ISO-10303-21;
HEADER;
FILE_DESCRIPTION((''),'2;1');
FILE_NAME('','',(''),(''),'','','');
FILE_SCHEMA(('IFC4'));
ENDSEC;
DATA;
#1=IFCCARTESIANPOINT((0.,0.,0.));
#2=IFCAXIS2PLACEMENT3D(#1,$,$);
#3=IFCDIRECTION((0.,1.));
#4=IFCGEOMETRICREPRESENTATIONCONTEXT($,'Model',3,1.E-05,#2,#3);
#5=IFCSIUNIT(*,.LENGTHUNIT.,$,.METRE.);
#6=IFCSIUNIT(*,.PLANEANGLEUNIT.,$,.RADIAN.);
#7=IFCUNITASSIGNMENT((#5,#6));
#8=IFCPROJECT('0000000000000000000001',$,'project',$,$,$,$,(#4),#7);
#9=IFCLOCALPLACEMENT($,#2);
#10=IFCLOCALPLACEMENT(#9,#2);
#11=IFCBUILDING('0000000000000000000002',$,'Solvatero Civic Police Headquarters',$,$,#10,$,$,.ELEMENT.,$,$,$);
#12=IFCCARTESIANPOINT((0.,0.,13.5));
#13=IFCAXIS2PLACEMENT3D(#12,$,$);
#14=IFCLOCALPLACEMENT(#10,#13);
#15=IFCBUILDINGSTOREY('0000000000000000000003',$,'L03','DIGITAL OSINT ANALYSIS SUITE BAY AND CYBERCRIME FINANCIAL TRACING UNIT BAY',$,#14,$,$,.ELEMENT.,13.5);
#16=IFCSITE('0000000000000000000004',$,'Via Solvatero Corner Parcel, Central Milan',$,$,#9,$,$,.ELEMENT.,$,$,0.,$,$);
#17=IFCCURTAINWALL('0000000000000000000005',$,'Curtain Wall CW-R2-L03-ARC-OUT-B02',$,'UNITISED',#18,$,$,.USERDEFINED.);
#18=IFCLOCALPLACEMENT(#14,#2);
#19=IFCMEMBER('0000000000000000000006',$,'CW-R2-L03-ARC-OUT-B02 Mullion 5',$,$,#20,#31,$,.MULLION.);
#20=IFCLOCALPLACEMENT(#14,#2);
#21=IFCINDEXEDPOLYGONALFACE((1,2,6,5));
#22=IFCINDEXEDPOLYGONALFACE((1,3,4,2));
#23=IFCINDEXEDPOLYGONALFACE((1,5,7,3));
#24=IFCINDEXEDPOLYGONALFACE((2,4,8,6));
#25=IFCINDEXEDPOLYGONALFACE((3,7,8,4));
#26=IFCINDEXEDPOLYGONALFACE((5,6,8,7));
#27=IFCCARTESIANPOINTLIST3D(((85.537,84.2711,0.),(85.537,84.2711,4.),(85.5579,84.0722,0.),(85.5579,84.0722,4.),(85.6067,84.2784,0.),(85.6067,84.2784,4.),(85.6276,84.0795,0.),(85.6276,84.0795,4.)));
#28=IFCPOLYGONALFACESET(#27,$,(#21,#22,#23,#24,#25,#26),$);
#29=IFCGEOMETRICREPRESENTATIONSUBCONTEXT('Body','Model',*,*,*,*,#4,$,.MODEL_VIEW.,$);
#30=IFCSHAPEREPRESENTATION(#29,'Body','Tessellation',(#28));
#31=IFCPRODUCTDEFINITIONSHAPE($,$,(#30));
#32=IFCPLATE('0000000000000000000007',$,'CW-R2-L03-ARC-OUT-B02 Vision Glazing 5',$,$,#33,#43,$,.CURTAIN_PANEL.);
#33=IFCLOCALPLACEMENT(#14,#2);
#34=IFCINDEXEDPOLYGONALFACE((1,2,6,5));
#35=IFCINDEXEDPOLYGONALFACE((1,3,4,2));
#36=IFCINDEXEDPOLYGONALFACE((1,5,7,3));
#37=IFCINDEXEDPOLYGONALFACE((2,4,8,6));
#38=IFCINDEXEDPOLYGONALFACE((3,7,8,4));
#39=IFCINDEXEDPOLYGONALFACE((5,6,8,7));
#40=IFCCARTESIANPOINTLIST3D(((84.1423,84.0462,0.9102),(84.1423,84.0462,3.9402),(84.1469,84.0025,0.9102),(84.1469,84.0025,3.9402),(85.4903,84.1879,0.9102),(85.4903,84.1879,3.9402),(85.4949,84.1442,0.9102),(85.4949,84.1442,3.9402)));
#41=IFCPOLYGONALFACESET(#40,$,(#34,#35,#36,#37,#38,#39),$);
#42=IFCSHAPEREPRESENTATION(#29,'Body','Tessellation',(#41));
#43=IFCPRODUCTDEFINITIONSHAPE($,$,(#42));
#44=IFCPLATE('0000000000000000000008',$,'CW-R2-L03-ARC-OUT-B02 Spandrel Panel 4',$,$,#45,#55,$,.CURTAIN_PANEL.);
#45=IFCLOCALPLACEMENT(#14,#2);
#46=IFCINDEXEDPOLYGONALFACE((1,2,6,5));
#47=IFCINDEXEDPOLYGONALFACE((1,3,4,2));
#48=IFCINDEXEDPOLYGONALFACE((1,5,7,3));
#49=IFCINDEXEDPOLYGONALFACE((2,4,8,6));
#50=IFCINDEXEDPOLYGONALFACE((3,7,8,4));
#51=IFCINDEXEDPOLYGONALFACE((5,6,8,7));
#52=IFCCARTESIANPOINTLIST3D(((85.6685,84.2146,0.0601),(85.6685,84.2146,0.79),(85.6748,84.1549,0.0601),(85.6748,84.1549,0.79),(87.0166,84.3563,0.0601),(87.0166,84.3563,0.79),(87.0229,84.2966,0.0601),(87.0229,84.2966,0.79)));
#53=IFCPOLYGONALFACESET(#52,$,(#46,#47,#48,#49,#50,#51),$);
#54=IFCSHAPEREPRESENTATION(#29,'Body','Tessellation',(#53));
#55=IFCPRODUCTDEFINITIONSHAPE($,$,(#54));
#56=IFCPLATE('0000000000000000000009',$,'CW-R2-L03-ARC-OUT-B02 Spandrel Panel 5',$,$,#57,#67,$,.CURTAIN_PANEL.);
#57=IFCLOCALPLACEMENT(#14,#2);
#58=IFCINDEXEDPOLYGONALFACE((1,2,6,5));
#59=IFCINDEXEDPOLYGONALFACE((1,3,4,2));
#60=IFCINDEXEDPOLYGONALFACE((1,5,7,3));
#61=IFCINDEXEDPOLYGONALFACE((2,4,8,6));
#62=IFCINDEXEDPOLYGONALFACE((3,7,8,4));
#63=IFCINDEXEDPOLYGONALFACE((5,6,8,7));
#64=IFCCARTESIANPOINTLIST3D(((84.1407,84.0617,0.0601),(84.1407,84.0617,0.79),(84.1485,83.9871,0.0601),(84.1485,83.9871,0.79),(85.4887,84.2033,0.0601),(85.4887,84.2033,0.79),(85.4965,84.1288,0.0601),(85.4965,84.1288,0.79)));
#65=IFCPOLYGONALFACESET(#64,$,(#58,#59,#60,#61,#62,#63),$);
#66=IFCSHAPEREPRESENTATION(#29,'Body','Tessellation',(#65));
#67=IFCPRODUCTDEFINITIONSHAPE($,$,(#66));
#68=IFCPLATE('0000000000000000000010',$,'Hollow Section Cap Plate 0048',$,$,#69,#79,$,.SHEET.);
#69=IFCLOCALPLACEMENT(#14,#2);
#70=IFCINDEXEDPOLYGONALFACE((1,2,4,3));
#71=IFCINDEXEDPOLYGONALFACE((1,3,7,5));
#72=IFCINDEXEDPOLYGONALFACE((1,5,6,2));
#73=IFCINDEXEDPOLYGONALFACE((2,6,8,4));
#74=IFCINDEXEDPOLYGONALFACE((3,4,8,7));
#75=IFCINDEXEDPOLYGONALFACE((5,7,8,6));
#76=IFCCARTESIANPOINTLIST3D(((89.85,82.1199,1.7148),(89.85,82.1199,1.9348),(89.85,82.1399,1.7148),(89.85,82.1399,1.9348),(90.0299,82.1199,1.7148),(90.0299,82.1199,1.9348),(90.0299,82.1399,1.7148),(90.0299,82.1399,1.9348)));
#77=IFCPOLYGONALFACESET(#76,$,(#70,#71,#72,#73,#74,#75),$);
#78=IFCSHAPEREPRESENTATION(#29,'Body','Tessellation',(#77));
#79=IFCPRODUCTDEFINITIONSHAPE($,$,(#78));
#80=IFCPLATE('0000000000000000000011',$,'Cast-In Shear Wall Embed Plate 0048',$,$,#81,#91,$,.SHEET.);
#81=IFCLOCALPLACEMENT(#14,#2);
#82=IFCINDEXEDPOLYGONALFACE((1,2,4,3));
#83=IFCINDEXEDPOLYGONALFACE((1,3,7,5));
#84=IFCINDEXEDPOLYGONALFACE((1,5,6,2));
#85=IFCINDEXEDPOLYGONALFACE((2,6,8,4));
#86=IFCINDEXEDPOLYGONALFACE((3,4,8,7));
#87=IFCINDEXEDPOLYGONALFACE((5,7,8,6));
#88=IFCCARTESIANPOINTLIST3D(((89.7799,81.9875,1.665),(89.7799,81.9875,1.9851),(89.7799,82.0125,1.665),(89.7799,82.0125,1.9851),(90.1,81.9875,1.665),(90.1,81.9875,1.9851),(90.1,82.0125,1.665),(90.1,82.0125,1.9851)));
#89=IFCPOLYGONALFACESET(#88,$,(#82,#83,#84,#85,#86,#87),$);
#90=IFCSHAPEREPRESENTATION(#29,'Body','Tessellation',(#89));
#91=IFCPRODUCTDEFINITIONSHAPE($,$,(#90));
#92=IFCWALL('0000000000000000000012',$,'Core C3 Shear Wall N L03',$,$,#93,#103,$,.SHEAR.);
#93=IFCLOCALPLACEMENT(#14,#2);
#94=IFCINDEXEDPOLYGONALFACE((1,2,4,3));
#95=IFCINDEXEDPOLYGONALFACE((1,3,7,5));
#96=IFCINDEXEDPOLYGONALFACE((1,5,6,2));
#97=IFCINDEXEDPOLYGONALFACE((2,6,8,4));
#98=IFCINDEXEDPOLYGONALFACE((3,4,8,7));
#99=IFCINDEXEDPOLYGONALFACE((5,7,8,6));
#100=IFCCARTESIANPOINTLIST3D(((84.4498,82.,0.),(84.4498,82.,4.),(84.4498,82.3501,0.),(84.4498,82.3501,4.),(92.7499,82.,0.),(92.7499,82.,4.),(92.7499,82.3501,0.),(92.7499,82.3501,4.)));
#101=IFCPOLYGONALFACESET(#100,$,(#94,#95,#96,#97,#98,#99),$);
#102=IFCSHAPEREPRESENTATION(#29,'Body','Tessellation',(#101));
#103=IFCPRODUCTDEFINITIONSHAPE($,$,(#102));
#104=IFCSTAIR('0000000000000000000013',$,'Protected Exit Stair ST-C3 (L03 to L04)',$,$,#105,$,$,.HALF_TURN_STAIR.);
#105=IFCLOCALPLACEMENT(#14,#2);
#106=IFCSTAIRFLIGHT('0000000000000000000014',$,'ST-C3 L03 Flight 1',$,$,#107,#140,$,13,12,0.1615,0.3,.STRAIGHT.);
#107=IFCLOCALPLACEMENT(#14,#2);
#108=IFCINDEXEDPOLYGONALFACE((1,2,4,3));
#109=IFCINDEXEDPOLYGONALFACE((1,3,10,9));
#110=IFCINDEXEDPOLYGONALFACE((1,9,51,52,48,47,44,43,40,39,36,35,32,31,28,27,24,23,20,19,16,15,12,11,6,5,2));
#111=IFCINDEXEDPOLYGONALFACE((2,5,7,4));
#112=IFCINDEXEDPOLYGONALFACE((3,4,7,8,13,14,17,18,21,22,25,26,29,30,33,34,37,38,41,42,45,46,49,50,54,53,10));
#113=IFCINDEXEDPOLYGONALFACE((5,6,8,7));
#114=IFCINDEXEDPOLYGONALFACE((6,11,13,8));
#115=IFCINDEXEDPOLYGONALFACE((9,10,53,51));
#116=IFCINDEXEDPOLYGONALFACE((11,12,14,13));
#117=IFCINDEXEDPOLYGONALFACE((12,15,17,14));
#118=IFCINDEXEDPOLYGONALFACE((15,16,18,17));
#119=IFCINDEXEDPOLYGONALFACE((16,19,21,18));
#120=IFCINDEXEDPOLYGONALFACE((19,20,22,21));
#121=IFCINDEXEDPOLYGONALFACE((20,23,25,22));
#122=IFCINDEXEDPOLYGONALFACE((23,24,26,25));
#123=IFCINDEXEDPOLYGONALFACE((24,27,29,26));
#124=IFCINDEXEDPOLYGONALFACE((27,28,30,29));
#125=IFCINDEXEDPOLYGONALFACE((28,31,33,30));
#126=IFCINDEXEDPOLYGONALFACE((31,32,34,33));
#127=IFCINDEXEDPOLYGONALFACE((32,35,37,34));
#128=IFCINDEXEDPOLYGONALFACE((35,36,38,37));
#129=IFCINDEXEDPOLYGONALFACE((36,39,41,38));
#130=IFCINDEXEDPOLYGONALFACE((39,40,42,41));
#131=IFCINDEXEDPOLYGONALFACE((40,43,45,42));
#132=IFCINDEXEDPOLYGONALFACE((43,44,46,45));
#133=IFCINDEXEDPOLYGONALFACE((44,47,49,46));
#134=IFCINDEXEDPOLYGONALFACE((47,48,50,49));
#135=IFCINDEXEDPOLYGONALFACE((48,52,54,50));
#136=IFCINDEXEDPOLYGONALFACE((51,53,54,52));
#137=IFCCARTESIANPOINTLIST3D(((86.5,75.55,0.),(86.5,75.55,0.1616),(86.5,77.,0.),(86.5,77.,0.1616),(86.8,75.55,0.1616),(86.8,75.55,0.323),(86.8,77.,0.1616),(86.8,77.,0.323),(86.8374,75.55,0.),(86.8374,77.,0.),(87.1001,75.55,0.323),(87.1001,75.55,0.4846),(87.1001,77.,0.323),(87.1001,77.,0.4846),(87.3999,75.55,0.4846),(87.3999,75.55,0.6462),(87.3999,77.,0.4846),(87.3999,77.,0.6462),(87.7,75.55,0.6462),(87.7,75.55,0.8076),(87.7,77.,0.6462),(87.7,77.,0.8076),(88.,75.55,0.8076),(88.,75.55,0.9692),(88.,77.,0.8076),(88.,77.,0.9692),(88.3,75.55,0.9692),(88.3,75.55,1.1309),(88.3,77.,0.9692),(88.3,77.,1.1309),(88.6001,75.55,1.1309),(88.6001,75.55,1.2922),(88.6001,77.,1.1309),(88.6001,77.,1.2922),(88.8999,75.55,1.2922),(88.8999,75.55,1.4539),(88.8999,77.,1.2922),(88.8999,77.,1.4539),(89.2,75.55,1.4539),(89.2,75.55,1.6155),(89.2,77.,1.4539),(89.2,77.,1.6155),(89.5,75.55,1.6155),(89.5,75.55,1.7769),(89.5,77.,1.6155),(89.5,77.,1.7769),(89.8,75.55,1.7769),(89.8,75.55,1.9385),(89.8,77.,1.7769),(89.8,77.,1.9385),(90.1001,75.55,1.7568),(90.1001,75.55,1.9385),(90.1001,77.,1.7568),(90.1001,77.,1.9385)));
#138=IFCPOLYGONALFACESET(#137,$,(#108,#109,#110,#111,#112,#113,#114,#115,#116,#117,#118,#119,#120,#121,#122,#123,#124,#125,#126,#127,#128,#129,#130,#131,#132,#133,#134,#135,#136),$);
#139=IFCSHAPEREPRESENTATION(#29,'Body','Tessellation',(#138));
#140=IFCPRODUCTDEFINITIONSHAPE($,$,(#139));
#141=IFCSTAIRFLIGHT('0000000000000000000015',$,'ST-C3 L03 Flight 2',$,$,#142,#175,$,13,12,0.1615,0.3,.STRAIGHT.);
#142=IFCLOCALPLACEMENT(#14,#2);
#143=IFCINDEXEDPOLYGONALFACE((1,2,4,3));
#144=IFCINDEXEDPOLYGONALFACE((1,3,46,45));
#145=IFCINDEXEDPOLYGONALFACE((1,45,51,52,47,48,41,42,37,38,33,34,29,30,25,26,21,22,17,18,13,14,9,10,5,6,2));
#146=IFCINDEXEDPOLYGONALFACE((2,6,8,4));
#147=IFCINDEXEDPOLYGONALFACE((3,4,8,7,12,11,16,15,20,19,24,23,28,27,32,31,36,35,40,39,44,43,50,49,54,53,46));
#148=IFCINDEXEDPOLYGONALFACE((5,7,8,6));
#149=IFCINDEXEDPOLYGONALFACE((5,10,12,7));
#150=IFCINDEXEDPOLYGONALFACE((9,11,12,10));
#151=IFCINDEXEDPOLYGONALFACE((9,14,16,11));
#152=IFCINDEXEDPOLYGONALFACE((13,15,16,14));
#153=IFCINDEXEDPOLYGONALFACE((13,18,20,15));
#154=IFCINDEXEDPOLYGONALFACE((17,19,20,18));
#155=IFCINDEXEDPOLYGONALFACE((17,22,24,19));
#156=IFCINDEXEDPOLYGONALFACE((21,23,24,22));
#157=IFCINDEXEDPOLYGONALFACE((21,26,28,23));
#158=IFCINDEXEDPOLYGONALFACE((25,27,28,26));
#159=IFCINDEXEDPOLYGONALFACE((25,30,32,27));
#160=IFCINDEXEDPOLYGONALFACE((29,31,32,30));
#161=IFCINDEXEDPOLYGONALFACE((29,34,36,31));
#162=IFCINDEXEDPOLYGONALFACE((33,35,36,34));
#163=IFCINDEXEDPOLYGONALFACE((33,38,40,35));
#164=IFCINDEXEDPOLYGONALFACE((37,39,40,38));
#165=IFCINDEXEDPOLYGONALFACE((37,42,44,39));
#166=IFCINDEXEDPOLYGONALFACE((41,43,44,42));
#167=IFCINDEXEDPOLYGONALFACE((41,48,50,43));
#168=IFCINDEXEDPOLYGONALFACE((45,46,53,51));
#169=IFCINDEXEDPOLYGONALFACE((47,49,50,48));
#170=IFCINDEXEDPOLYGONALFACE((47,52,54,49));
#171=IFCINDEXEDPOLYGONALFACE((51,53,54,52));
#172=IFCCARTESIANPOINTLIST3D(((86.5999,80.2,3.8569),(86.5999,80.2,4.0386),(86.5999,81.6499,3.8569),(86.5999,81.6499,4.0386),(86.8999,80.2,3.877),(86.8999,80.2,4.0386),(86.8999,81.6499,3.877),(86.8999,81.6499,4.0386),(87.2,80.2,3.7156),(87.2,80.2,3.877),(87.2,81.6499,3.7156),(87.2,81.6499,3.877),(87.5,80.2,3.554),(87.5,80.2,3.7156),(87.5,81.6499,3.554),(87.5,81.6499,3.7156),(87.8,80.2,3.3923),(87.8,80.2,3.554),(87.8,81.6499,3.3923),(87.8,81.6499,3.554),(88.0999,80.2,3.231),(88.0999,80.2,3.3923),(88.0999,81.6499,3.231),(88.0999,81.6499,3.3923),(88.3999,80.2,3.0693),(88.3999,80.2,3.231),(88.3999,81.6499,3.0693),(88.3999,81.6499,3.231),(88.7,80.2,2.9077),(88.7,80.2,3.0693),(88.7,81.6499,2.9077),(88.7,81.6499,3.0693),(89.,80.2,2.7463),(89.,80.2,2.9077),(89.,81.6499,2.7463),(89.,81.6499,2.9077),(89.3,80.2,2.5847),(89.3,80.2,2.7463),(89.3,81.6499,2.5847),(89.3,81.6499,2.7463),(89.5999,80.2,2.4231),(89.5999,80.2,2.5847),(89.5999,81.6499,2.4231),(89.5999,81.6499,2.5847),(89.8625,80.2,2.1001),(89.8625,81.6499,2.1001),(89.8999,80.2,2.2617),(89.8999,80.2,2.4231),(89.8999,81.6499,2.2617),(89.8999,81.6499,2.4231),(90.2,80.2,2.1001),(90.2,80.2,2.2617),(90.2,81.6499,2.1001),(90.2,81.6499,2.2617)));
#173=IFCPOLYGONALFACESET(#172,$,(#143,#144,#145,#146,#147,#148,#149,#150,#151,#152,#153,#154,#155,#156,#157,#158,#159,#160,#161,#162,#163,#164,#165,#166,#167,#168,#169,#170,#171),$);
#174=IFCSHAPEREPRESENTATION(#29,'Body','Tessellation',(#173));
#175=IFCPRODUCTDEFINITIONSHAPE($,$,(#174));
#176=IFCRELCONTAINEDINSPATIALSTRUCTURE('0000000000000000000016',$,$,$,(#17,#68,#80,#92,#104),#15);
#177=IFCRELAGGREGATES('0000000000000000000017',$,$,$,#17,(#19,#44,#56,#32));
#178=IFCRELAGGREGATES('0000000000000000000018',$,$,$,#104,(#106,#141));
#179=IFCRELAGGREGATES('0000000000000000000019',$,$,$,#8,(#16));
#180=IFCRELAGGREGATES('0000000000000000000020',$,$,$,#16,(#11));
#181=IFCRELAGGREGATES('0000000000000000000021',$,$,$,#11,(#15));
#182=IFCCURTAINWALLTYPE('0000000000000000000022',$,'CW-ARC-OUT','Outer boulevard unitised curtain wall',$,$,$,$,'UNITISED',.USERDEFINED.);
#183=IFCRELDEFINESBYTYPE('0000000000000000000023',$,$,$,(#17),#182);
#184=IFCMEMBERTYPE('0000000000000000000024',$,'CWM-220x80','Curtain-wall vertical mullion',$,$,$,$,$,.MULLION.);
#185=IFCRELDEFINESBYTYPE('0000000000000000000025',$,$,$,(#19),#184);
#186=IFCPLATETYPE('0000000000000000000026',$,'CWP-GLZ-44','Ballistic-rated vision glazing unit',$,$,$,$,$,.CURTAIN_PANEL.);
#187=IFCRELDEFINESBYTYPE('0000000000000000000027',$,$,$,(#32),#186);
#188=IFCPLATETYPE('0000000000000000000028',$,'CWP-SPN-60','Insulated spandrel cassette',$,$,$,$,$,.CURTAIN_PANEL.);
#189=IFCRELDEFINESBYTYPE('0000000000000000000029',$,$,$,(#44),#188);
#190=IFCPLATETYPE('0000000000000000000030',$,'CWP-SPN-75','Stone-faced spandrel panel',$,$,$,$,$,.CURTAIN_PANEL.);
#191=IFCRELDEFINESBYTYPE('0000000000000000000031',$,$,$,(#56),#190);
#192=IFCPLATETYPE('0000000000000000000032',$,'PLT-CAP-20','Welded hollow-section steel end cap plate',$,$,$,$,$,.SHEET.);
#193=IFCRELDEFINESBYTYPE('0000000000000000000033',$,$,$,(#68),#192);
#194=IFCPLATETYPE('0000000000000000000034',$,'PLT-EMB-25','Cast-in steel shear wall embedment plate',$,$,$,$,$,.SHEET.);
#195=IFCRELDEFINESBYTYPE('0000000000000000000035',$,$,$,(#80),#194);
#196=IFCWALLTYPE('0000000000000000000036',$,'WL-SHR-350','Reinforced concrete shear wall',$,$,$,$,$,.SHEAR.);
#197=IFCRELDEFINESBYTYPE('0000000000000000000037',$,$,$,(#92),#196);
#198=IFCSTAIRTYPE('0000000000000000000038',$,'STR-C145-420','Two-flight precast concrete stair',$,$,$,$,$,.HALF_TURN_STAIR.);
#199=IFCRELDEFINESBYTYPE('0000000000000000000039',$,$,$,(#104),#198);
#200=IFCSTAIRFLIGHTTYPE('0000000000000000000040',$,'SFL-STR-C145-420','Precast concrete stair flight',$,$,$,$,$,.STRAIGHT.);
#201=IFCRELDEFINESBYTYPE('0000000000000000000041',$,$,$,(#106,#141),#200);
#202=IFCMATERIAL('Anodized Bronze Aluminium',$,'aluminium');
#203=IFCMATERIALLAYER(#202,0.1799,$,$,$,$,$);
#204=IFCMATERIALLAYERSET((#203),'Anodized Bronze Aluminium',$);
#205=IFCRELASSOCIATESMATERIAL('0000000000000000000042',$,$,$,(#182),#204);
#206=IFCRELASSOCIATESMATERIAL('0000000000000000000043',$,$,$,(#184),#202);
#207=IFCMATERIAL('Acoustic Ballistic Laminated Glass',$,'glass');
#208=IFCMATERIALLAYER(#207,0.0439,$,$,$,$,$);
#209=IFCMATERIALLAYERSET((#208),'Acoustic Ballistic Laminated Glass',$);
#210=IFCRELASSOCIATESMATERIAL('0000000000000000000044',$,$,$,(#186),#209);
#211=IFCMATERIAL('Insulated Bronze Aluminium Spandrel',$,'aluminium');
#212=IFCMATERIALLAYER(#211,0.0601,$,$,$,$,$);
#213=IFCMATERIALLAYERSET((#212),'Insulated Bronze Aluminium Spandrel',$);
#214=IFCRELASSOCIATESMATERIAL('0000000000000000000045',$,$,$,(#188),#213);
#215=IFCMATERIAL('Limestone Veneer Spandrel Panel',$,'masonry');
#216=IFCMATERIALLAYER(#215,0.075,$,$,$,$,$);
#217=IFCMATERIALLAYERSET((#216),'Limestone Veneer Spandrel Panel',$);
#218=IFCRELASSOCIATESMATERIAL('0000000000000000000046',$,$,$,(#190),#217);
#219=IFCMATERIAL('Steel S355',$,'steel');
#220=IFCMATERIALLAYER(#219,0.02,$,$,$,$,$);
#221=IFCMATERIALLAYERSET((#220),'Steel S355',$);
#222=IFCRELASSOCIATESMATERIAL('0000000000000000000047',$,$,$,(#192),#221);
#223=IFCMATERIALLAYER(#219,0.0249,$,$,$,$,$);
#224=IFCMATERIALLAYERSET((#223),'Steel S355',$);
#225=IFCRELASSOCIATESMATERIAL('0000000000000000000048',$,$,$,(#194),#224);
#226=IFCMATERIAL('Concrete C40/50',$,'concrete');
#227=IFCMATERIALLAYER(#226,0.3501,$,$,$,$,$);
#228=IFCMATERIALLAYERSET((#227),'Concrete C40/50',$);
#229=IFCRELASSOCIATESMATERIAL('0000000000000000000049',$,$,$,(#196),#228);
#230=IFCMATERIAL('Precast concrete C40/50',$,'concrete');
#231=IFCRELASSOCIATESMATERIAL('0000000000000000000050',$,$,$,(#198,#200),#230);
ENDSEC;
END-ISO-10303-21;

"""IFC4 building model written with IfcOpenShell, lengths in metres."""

from ifc_helpers import new_model, si_unit, direction, frame, frame_2d, origin, origin_2d, place, context, subcontext, project, spatial, polyline, rectangle, outline, extrude, material, layer, layer_set, material_profile, profile_set, type_object, element, aggregate, save


model = new_model("IFC4")

# Units and contexts
model_context = context("Model", 3, precision=1e-05, world=origin(), true_north=direction((0.0, 1.0)))
body_context = subcontext(model_context, "Body", "Model", "MODEL_VIEW")
ifc_project = project(units=[si_unit("LENGTHUNIT", "METRE"), si_unit("PLANEANGLEUNIT", "RADIAN")], contexts=[model_context])

# Site, building, storey
site_placement = place(None, origin())
site = spatial("IfcSite", under=ifc_project, at=site_placement, Name="Via Solvatero Corner Parcel, Central Milan", CompositionType="ELEMENT", RefElevation=0.0)
building_placement = place(site_placement, origin())
building = spatial("IfcBuilding", under=site, at=building_placement, Name="Solvatero Civic Police Headquarters", CompositionType="ELEMENT")
storey_placement = place(building_placement, frame((0.0, 0.0, 13.5)))
storey = spatial("IfcBuildingStorey", under=building, at=storey_placement, Name="L03", Description="DIGITAL OSINT ANALYSIS SUITE BAY AND CYBERCRIME FINANCIAL TRACING UNIT BAY", CompositionType="ELEMENT", Elevation=13.5)

# Curtain wall, member, plates
ifc_material_1 = material(Name="Anodized Bronze Aluminium", Category="aluminium")
ifc_layer_1 = layer(ifc_material_1, 0.1799)
ifc_layer_set_1 = layer_set([ifc_layer_1], Name="Anodized Bronze Aluminium")
curtain_wall_type = type_object("IfcCurtainWallType", Name="CW-ARC-OUT", Description="Outer boulevard unitised curtain wall", ElementType="UNITISED", PredefinedType="USERDEFINED", material=ifc_layer_set_1)
curtain_wall_placement = place(storey_placement, origin())
curtain_wall = element("IfcCurtainWall", 1, at=curtain_wall_placement, inside=storey, type_object=curtain_wall_type, Name="Curtain Wall CW-R2-L03-ARC-OUT-B02", ObjectType="UNITISED", PredefinedType="USERDEFINED")
ifc_material_profile = material_profile(ifc_material_1, rectangle(XDim=0.0701, YDim=0.2, at=origin_2d()), Name="ALU MULLION 70x200")
ifc_profile_set = profile_set([ifc_material_profile], Name="Anodized Bronze Aluminium")
member_type = type_object("IfcMemberType", Name="CWM-220x80", Description="Curtain-wall vertical mullion", PredefinedType="MULLION", material=ifc_profile_set)
member_placement = place(storey_placement, frame((85.5823, 84.1753, 0.0), z_axis=(0.0, 0.0, 1.0), x_axis=(-0.994524, -0.104511, 0.0)))
member = element("IfcMember", 2, at=member_placement, type_object=member_type, Name="CW-R2-L03-ARC-OUT-B02 Mullion 5", PredefinedType="MULLION", context=body_context, shape_type="SweptSolid", body=[
    extrude(rectangle(XDim=0.0701, YDim=0.2, at=origin_2d()), origin(), (0.0, 0.0, 1.0), 4.0),
])
ifc_material_2 = material(Name="Acoustic Ballistic Laminated Glass", Category="glass")
ifc_layer_2 = layer(ifc_material_2, 0.0439)
ifc_layer_set_2 = layer_set([ifc_layer_2], Name="Acoustic Ballistic Laminated Glass")
plate_type_1 = type_object("IfcPlateType", Name="CWP-GLZ-44", Description="Ballistic-rated vision glazing unit", PredefinedType="CURTAIN_PANEL", material=ifc_layer_set_2)
plate_1_placement = place(storey_placement, frame((84.8186, 84.0952, 0.9102), z_axis=(0.0, 0.0, 1.0), x_axis=(-0.994524, -0.104511, 0.0)))
plate_1 = element("IfcPlate", 3, at=plate_1_placement, type_object=plate_type_1, Name="CW-R2-L03-ARC-OUT-B02 Vision Glazing 5", PredefinedType="CURTAIN_PANEL", context=body_context, shape_type="SweptSolid", body=[
    extrude(rectangle(XDim=1.3555, YDim=0.0439, at=origin_2d()), origin(), (0.0, 0.0, 1.0), 3.03),
])
ifc_material_3 = material(Name="Insulated Bronze Aluminium Spandrel", Category="aluminium")
ifc_layer_3 = layer(ifc_material_3, 0.0601)
ifc_layer_set_3 = layer_set([ifc_layer_3], Name="Insulated Bronze Aluminium Spandrel")
plate_type_2 = type_object("IfcPlateType", Name="CWP-SPN-60", Description="Insulated spandrel cassette", PredefinedType="CURTAIN_PANEL", material=ifc_layer_set_3)
plate_2_placement = place(storey_placement, frame((86.3457, 84.2556, 0.0601), z_axis=(0.0, 0.0, 1.0), x_axis=(-0.994524, -0.104511, 0.0)))
plate_2 = element("IfcPlate", 4, at=plate_2_placement, type_object=plate_type_2, Name="CW-R2-L03-ARC-OUT-B02 Spandrel Panel 4", PredefinedType="CURTAIN_PANEL", context=body_context, shape_type="SweptSolid", body=[
    extrude(rectangle(XDim=1.3555, YDim=0.0601, at=origin_2d()), origin(), (0.0, 0.0, 1.0), 0.73),
])
ifc_material_4 = material(Name="Limestone Veneer Spandrel Panel", Category="masonry")
ifc_layer_4 = layer(ifc_material_4, 0.075)
ifc_layer_set_4 = layer_set([ifc_layer_4], Name="Limestone Veneer Spandrel Panel")
plate_type_3 = type_object("IfcPlateType", Name="CWP-SPN-75", Description="Stone-faced spandrel panel", PredefinedType="CURTAIN_PANEL", material=ifc_layer_set_4)
plate_3_placement = place(storey_placement, frame((84.8186, 84.0952, 0.0601), z_axis=(0.0, 0.0, 1.0), x_axis=(-0.994524, -0.104511, 0.0)))
plate_3 = element("IfcPlate", 5, at=plate_3_placement, type_object=plate_type_3, Name="CW-R2-L03-ARC-OUT-B02 Spandrel Panel 5", PredefinedType="CURTAIN_PANEL", context=body_context, shape_type="SweptSolid", body=[
    extrude(rectangle(XDim=1.3555, YDim=0.075, at=origin_2d()), origin(), (0.0, 0.0, 1.0), 0.73),
])
aggregate(curtain_wall, [member, plate_2, plate_3, plate_1])

# Plates
ifc_material_5 = material(Name="Steel S355", Category="steel")
ifc_layer_5 = layer(ifc_material_5, 0.02)
ifc_layer_set_5 = layer_set([ifc_layer_5], Name="Steel S355")
plate_type_4 = type_object("IfcPlateType", Name="PLT-CAP-20", Description="Welded hollow-section steel end cap plate", PredefinedType="SHEET", material=ifc_layer_set_5)
plate_4_placement = place(storey_placement, frame((89.9399, 82.1299, 1.7148), z_axis=(0.0, 0.0, 1.0), x_axis=(1.0, 0.0, 0.0)))
element("IfcPlate", 6, at=plate_4_placement, inside=storey, type_object=plate_type_4, Name="Hollow Section Cap Plate 0048", PredefinedType="SHEET", context=body_context, shape_type="SweptSolid", body=[
    extrude(rectangle(XDim=0.1799, YDim=0.02, at=origin_2d()), origin(), (0.0, 0.0, 1.0), 0.22),
])
ifc_layer_6 = layer(ifc_material_5, 0.0249)
ifc_layer_set_6 = layer_set([ifc_layer_6], Name="Steel S355")
plate_type_5 = type_object("IfcPlateType", Name="PLT-EMB-25", Description="Cast-in steel shear wall embedment plate", PredefinedType="SHEET", material=ifc_layer_set_6)
plate_5_placement = place(storey_placement, frame((89.9399, 82.0, 1.665), z_axis=(0.0, 0.0, 1.0), x_axis=(1.0, 0.0, 0.0)))
element("IfcPlate", 7, at=plate_5_placement, inside=storey, type_object=plate_type_5, Name="Cast-In Shear Wall Embed Plate 0048", PredefinedType="SHEET", context=body_context, shape_type="SweptSolid", body=[
    extrude(rectangle(XDim=0.3201, YDim=0.0249, at=origin_2d()), origin(), (0.0, 0.0, 1.0), 0.3201),
])

# Wall
ifc_material_6 = material(Name="Concrete C40/50", Category="concrete")
ifc_layer_7 = layer(ifc_material_6, 0.3501)
ifc_layer_set_7 = layer_set([ifc_layer_7], Name="Concrete C40/50")
wall_type = type_object("IfcWallType", Name="WL-SHR-350", Description="Reinforced concrete shear wall", PredefinedType="SHEAR", material=ifc_layer_set_7)
wall_placement = place(storey_placement, frame((84.45, 82.175, 0.0), z_axis=(0.0, 0.0, 1.0), x_axis=(1.0, 0.0, 0.0)))
element("IfcWall", 8, at=wall_placement, inside=storey, type_object=wall_type, Name="Core C3 Shear Wall N L03", PredefinedType="SHEAR", context=body_context, shape_type="SweptSolid", body=[
    extrude(rectangle(XDim=8.3, YDim=0.3501, at=frame_2d((4.1499, 0.0))), origin(), (0.0, 0.0, 1.0), 4.0),
])

# Stair, stair flights
ifc_material_7 = material(Name="Precast concrete C40/50", Category="concrete")
stair_type = type_object("IfcStairType", Name="STR-C145-420", Description="Two-flight precast concrete stair", PredefinedType="HALF_TURN_STAIR", material=ifc_material_7)
stair_placement = place(storey_placement, origin())
stair = element("IfcStair", 9, at=stair_placement, inside=storey, type_object=stair_type, Name="Protected Exit Stair ST-C3 (L03 to L04)", PredefinedType="HALF_TURN_STAIR")
stair_flight_type = type_object("IfcStairFlightType", Name="SFL-STR-C145-420", Description="Precast concrete stair flight", PredefinedType="STRAIGHT", material=ifc_material_7)
stair_flight_1_placement = place(storey_placement, frame((86.5, 76.2749, 0.0), z_axis=(0.0, 0.0, 1.0), x_axis=(1.0, 0.0, 0.0)))
stair_flight_1 = element("IfcStairFlight", 10, at=stair_flight_1_placement, type_object=stair_flight_type, Name="ST-C3 L03 Flight 1", NumberOfRisers=13, NumberOfTreads=12, PredefinedType="STRAIGHT", RiserHeight=0.1615, TreadLength=0.3, context=body_context, shape_type="SweptSolid", body=[
    extrude(outline(polyline([(0.0, 0.0), (0.0, 0.1616), (0.3, 0.1616), (0.3, 0.323), (0.6001, 0.323), (0.6001, 0.4846), (0.8999, 0.4846), (0.8999, 0.6462), (1.2, 0.6462), (1.2, 0.8076), (1.5, 0.8076), (1.5, 0.9692), (1.8, 0.9692), (1.8, 1.1309), (2.1001, 1.1309), (2.1001, 1.2922), (2.3999, 1.2922), (2.3999, 1.4539), (2.7, 1.4539), (2.7, 1.6155), (3.0, 1.6155), (3.0, 1.7769), (3.3, 1.7769), (3.3, 1.9385), (3.6001, 1.9385), (3.6001, 2.1001), (3.6001, 1.7568), (0.3374, 0.0), (0.0, 0.0)])), frame((0.0, 0.7251, 0.0), z_axis=(0.0, -1.0, 0.0), x_axis=(1.0, 0.0, 0.0)), (0.0, 0.0, 1.0), 1.45),
])
stair_flight_2_placement = place(storey_placement, frame((90.2, 80.925, 2.1001), z_axis=(0.0, 0.0, 1.0), x_axis=(-1.0, 0.0, 0.0)))
stair_flight_2 = element("IfcStairFlight", 11, at=stair_flight_2_placement, type_object=stair_flight_type, Name="ST-C3 L03 Flight 2", NumberOfRisers=13, NumberOfTreads=12, PredefinedType="STRAIGHT", RiserHeight=0.1615, TreadLength=0.3, context=body_context, shape_type="SweptSolid", body=[
    extrude(outline(polyline([(0.0, 0.0), (0.0, 0.1616), (0.3, 0.1616), (0.3, 0.323), (0.6001, 0.323), (0.6001, 0.4846), (0.8999, 0.4846), (0.8999, 0.6462), (1.2, 0.6462), (1.2, 0.8076), (1.5, 0.8076), (1.5, 0.9692), (1.8, 0.9692), (1.8, 1.1309), (2.1001, 1.1309), (2.1001, 1.2922), (2.3999, 1.2922), (2.3999, 1.4539), (2.7, 1.4539), (2.7, 1.6155), (3.0, 1.6155), (3.0, 1.7769), (3.3, 1.7769), (3.3, 1.9385), (3.6001, 1.9385), (3.6001, 2.1001), (3.6001, 1.7568), (0.3374, 0.0), (0.0, 0.0)])), frame((0.0, 0.7251, 0.0), z_axis=(0.0, -1.0, 0.0), x_axis=(1.0, 0.0, 0.0)), (0.0, 0.0, 1.0), 1.45),
])
aggregate(stair, [stair_flight_1, stair_flight_2])

save(model, "model.ifc")
